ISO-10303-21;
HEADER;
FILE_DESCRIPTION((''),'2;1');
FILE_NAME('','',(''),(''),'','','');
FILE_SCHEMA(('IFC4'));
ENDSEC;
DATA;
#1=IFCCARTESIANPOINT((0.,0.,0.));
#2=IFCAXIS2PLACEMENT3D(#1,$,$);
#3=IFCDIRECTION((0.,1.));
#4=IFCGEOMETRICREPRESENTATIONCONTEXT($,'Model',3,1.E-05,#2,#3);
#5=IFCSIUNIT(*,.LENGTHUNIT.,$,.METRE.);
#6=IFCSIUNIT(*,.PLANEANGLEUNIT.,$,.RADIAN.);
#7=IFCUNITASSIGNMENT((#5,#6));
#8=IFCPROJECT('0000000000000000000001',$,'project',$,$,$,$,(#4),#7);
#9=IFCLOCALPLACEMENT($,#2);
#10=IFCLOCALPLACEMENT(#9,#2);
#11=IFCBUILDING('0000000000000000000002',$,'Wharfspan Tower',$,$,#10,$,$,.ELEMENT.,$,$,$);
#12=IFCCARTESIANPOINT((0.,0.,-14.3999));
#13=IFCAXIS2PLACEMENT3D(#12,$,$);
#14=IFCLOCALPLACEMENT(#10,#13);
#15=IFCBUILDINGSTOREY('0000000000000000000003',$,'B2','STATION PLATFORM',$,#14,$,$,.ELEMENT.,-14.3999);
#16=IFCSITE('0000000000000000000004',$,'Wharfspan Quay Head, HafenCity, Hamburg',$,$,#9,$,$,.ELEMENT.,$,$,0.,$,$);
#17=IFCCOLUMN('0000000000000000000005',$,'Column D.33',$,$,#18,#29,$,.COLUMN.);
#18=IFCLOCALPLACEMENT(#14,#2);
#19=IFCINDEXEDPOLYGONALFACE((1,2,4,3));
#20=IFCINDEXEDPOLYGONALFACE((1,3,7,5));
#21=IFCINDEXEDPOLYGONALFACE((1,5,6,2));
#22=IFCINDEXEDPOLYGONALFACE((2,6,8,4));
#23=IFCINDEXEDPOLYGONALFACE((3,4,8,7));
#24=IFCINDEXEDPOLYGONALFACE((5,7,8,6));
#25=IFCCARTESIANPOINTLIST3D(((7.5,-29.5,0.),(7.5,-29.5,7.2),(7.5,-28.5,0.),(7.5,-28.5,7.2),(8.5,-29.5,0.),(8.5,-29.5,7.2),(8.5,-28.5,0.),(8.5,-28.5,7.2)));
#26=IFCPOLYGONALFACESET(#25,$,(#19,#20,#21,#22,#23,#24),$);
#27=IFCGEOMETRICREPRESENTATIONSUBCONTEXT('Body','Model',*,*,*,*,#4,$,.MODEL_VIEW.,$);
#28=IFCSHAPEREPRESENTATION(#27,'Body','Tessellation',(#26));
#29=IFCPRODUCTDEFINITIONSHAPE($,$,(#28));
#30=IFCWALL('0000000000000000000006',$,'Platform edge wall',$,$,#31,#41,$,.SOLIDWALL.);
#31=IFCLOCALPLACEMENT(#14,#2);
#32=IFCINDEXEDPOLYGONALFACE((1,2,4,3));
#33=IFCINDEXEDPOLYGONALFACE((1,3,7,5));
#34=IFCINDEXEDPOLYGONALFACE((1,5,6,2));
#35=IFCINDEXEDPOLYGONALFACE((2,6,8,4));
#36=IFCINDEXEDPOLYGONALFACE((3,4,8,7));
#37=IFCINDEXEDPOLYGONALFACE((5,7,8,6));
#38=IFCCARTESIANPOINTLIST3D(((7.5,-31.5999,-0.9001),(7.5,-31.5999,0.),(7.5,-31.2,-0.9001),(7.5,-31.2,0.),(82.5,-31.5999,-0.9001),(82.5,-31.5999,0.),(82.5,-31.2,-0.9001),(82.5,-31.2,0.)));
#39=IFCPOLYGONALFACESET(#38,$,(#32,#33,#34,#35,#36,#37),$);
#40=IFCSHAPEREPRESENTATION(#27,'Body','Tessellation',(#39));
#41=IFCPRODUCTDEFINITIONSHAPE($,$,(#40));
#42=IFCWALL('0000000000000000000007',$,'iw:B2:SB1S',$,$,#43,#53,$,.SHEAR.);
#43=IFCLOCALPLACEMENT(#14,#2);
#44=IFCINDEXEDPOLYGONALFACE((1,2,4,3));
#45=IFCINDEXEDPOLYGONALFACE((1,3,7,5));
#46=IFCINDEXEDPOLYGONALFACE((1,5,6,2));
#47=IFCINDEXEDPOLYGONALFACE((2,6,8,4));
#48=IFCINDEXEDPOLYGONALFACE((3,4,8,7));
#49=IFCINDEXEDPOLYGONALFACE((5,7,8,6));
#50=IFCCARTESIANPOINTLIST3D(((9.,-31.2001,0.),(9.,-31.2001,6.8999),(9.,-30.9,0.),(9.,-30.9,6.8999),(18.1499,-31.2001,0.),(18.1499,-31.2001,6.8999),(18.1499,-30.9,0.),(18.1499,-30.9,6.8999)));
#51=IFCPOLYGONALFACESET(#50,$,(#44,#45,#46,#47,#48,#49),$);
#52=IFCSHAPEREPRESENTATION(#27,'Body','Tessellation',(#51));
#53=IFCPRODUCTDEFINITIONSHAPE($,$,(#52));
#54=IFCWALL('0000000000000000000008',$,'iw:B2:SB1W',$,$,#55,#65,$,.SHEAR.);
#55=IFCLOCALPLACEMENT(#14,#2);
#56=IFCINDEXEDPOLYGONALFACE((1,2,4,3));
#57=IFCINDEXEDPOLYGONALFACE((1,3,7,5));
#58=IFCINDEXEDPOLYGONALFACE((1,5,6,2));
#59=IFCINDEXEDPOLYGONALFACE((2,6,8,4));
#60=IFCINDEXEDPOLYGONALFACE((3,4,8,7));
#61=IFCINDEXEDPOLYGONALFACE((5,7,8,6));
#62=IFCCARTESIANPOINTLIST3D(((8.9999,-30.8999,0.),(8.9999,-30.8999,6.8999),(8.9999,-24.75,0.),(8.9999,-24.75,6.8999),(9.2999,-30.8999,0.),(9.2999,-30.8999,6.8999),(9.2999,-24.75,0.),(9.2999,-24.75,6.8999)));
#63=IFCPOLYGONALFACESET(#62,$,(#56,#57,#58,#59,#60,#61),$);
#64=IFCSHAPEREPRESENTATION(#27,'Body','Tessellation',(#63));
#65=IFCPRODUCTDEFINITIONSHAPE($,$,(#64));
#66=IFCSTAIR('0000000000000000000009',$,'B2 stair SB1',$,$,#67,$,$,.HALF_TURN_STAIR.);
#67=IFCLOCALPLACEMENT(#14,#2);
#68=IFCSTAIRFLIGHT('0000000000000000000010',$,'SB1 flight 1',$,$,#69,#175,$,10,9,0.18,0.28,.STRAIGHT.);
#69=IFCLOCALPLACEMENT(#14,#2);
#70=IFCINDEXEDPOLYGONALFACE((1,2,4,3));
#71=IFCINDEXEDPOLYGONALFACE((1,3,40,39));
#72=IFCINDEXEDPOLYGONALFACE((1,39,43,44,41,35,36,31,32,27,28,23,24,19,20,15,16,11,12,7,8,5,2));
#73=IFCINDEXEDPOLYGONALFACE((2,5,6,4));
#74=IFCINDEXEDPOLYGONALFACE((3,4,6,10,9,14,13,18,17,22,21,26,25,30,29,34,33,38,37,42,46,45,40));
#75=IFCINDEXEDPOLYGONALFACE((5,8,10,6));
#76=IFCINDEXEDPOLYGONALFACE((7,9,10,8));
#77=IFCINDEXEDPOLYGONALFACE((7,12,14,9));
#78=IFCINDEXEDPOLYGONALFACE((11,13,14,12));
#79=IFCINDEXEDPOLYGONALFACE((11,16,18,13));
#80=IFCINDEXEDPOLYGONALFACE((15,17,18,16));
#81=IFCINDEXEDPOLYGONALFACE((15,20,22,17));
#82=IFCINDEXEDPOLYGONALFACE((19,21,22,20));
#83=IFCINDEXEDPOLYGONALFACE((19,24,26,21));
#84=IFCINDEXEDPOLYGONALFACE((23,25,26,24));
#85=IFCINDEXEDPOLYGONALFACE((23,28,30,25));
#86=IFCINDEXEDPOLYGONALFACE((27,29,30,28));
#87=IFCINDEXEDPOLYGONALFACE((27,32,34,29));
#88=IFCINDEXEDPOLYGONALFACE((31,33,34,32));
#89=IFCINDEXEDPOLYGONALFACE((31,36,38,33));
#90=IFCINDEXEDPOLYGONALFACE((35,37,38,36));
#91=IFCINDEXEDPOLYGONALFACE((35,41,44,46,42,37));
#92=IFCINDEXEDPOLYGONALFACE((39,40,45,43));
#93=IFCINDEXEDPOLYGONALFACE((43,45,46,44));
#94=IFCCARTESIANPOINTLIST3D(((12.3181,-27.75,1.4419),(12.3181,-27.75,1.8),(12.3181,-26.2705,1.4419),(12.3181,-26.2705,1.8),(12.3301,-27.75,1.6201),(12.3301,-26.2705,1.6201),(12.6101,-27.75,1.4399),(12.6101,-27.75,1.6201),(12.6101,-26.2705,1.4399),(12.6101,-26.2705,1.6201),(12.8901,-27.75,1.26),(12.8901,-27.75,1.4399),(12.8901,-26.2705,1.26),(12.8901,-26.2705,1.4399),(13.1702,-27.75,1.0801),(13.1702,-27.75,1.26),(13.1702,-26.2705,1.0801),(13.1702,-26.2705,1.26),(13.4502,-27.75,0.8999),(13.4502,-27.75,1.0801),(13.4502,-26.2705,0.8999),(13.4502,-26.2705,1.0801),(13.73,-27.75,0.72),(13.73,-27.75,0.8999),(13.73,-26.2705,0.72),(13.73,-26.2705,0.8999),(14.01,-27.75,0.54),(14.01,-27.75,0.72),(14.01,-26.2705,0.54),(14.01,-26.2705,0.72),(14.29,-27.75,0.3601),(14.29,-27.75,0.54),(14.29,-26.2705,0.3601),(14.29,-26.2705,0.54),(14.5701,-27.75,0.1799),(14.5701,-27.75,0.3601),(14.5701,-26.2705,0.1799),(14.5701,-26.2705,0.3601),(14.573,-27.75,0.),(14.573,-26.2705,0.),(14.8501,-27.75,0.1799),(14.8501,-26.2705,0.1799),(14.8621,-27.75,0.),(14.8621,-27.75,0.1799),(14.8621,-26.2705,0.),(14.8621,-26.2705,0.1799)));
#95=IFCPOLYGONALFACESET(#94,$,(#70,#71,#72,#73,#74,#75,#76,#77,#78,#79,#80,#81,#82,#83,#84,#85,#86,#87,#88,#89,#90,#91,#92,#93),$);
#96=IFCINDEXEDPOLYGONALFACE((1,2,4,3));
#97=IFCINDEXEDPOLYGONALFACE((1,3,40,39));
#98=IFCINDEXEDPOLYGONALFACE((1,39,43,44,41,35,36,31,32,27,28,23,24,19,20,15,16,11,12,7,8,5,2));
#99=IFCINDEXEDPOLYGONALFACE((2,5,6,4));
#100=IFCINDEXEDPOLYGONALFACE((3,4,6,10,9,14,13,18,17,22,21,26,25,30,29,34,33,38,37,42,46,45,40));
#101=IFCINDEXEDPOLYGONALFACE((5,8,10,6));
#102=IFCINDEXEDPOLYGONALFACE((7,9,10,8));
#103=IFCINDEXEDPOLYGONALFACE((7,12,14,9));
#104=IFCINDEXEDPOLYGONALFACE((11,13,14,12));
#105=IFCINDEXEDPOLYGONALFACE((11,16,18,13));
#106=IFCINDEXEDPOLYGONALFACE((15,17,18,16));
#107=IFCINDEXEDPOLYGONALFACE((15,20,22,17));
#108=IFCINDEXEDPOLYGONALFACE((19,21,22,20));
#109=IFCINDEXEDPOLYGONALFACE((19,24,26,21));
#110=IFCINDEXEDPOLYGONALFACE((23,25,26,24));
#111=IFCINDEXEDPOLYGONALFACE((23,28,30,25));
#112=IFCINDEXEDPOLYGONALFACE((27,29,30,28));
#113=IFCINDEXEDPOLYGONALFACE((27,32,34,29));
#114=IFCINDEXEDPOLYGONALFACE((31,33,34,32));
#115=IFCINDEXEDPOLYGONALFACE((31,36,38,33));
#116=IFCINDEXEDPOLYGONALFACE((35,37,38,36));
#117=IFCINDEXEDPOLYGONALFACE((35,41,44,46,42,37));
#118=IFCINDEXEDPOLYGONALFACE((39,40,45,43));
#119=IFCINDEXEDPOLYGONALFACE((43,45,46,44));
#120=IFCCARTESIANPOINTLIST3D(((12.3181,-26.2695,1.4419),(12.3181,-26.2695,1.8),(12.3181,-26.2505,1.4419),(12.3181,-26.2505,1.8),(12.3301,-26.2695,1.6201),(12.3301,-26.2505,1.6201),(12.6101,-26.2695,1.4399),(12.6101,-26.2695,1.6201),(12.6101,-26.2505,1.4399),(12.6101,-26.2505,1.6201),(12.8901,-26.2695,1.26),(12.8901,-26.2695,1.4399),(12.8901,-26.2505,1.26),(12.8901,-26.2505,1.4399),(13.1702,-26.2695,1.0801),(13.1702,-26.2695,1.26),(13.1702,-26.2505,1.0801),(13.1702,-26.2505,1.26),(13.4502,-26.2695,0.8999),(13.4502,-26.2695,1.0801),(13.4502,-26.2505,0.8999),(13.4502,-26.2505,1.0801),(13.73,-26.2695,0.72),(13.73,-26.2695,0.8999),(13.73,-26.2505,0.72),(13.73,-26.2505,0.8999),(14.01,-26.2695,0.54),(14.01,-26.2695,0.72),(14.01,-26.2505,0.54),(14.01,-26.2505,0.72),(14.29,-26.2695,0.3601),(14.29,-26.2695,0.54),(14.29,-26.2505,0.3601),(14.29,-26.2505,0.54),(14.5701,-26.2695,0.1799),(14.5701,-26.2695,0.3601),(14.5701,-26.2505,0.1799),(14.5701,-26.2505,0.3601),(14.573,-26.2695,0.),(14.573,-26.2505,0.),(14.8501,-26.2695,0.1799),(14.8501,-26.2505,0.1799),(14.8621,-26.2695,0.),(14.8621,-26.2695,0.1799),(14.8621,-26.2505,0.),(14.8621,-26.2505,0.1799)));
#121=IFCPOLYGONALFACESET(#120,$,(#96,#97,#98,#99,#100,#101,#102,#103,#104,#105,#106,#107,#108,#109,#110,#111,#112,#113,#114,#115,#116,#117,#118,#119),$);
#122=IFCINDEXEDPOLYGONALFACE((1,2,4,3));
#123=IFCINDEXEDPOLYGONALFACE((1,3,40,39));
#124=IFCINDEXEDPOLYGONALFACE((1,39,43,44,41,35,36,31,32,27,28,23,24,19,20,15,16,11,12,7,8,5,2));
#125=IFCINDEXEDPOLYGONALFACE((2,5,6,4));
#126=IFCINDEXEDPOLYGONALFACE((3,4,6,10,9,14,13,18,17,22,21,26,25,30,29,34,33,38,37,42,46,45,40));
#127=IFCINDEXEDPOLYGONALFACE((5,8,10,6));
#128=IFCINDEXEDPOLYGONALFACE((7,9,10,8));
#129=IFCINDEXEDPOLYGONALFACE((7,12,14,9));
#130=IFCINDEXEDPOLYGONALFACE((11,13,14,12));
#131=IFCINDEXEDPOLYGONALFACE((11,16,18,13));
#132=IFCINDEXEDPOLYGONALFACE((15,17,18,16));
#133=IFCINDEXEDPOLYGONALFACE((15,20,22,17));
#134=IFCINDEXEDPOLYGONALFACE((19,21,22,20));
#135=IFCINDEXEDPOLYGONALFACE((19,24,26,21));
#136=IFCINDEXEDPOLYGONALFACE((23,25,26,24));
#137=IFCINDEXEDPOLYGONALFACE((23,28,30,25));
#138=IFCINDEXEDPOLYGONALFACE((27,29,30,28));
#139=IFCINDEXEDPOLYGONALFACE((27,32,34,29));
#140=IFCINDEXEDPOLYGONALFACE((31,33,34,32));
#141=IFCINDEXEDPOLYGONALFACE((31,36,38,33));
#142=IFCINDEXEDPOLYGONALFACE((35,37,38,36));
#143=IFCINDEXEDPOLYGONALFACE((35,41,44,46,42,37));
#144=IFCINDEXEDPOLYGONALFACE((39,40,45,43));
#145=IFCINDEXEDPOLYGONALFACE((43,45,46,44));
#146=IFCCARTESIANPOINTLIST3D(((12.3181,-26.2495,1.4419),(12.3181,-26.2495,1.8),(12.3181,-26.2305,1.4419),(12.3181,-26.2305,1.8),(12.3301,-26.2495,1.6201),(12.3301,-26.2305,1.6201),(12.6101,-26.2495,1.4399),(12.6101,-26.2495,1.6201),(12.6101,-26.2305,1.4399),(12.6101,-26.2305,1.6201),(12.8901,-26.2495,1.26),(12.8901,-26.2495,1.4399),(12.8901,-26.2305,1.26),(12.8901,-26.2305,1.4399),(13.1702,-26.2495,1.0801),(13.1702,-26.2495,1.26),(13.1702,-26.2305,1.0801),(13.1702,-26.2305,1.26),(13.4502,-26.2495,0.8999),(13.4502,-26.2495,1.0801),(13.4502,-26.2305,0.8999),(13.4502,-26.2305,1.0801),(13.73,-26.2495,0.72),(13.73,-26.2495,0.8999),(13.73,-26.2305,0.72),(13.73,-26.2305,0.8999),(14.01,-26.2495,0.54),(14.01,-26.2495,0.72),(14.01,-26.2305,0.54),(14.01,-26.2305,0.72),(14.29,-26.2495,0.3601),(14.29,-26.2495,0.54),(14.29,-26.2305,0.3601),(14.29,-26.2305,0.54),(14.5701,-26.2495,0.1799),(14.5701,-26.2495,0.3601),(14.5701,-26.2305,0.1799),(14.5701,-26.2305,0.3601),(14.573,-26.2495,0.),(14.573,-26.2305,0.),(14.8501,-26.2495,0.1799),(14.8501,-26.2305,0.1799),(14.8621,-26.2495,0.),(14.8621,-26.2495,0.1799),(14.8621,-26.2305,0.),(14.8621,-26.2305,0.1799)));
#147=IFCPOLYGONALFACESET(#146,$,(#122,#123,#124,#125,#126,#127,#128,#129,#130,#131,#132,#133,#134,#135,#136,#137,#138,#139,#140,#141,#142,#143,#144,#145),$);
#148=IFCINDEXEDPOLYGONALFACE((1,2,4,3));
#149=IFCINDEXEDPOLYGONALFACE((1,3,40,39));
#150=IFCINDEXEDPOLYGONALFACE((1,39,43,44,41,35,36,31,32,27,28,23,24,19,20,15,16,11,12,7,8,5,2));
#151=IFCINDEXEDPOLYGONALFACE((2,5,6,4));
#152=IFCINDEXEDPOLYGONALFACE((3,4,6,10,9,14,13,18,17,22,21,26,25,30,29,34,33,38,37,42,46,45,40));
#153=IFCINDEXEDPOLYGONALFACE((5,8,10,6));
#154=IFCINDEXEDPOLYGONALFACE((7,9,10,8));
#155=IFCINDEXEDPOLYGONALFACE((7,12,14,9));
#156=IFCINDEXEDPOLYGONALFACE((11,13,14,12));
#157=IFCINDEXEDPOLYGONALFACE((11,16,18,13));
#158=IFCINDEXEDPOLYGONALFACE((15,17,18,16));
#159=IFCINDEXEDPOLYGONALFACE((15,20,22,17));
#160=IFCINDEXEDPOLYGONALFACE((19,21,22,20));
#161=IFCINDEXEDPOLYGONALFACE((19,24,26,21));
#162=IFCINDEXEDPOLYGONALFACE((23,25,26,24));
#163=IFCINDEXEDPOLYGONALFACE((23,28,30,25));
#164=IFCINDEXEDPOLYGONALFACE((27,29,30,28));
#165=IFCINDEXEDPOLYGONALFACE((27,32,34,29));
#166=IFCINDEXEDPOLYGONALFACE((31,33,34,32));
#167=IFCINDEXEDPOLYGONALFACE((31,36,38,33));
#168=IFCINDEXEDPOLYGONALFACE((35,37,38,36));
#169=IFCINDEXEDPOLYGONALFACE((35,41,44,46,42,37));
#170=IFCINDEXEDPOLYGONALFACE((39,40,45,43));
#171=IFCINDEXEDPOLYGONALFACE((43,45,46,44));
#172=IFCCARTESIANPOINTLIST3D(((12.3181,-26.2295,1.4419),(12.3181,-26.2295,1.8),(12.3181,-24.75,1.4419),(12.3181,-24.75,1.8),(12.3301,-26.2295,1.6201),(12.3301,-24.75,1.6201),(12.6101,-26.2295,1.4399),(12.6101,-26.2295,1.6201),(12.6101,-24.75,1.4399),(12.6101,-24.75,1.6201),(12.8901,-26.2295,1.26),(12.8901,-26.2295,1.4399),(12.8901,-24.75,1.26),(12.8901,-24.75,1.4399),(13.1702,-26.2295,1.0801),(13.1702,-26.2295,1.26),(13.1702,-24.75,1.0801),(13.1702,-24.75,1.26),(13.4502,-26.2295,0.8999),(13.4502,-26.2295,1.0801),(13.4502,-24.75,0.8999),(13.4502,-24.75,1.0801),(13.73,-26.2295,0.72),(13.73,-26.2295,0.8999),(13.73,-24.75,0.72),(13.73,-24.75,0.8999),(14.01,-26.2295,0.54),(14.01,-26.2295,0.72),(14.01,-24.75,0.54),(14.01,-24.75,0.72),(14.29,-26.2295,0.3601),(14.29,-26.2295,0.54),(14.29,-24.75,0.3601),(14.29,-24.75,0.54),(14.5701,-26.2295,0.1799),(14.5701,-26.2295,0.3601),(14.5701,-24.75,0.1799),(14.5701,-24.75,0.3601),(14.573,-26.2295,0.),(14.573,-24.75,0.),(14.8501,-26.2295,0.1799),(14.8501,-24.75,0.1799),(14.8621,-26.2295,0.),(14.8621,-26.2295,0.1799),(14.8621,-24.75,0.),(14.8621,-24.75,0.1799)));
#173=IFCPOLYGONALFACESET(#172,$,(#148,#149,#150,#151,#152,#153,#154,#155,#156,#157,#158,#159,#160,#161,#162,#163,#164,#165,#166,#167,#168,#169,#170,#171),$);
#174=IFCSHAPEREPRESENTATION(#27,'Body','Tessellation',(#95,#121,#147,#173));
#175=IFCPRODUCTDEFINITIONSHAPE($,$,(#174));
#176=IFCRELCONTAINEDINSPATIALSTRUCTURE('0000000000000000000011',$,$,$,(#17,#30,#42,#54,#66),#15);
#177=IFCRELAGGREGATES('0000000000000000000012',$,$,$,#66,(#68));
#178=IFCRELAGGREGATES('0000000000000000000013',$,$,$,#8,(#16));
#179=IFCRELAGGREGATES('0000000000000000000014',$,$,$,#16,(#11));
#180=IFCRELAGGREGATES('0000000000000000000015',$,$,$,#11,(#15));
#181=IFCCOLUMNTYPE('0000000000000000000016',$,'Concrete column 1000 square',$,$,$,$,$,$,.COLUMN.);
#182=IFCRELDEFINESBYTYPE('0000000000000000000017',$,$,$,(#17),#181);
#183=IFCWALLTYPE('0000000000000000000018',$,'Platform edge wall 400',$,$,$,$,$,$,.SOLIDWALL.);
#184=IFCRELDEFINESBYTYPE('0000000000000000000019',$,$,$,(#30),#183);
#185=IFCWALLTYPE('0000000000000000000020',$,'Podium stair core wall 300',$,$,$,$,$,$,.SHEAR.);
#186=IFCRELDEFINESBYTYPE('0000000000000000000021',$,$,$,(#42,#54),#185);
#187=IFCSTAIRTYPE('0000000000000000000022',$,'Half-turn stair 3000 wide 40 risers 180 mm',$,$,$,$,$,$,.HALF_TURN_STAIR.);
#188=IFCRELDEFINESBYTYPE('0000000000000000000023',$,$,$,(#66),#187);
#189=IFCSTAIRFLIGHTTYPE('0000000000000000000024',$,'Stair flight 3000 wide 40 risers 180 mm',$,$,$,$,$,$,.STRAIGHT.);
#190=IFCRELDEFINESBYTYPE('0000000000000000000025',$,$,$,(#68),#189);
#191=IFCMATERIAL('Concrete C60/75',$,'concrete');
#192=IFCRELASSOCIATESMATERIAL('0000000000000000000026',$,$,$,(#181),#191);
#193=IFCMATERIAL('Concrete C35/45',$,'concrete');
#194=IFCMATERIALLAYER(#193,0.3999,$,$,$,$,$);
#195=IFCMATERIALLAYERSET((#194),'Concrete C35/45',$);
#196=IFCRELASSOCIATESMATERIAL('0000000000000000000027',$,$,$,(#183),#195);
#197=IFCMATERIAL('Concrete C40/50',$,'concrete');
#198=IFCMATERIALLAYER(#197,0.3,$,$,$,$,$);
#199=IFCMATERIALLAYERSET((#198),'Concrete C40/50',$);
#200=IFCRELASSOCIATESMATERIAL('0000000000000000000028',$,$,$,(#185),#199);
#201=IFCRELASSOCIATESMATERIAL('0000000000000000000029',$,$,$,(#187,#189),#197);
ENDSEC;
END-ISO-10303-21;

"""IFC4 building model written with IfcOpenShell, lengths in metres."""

from ifc_helpers import new_model, si_unit, direction, frame, frame_2d, origin, origin_2d, place, context, subcontext, project, spatial, polyline, rectangle, outline, extrude, material, layer, layer_set, material_profile, profile_set, type_object, element, aggregate, save


model = new_model("IFC4")

# Units and contexts
model_context = context("Model", 3, precision=1e-05, world=origin(), true_north=direction((0.0, 1.0)))
body_context = subcontext(model_context, "Body", "Model", "MODEL_VIEW")
ifc_project = project(units=[si_unit("LENGTHUNIT", "METRE"), si_unit("PLANEANGLEUNIT", "RADIAN")], contexts=[model_context])

# Site, building, storey
site_placement = place(None, origin())
site = spatial("IfcSite", under=ifc_project, at=site_placement, Name="Wharfspan Quay Head, HafenCity, Hamburg", CompositionType="ELEMENT", RefElevation=0.0)
building_placement = place(site_placement, origin())
building = spatial("IfcBuilding", under=site, at=building_placement, Name="Wharfspan Tower", CompositionType="ELEMENT")
storey_placement = place(building_placement, frame((0.0, 0.0, -14.3999)))
storey = spatial("IfcBuildingStorey", under=building, at=storey_placement, Name="B2", Description="STATION PLATFORM", CompositionType="ELEMENT", Elevation=-14.3999)

# Column
ifc_material_1 = material(Name="Concrete C60/75", Category="concrete")
ifc_material_profile = material_profile(ifc_material_1, rectangle(XDim=1.0, YDim=1.0, at=origin_2d()))
ifc_profile_set = profile_set([ifc_material_profile], Name="Concrete C60/75")
column_type = type_object("IfcColumnType", Name="Concrete column 1000 square", PredefinedType="COLUMN", material=ifc_profile_set)
column_placement = place(storey_placement, frame((8.0, -29.0, 0.0), z_axis=(0.0, 0.0, 1.0), x_axis=(1.0, 0.0, 0.0)))
element("IfcColumn", 1, at=column_placement, inside=storey, type_object=column_type, Name="Column D.33", PredefinedType="COLUMN", context=body_context, shape_type="SweptSolid", body=[
    extrude(rectangle(XDim=1.0, YDim=1.0, at=origin_2d()), origin(), (0.0, 0.0, 1.0), 7.2),
])

# Walls
ifc_material_2 = material(Name="Concrete C35/45", Category="concrete")
ifc_layer_1 = layer(ifc_material_2, 0.3999)
ifc_layer_set_1 = layer_set([ifc_layer_1], Name="Concrete C35/45")
wall_type_1 = type_object("IfcWallType", Name="Platform edge wall 400", PredefinedType="SOLIDWALL", material=ifc_layer_set_1)
wall_1_placement = place(storey_placement, frame((7.5, -31.3999, -0.9001), z_axis=(0.0, 0.0, 1.0), x_axis=(1.0, 0.0, 0.0)))
element("IfcWall", 2, at=wall_1_placement, inside=storey, type_object=wall_type_1, Name="Platform edge wall", PredefinedType="SOLIDWALL", context=body_context, shape_type="SweptSolid", body=[
    extrude(rectangle(XDim=75.0, YDim=0.3999, at=frame_2d((37.5, 0.0))), origin(), (0.0, 0.0, 1.0), 0.9001),
])
ifc_material_3 = material(Name="Concrete C40/50", Category="concrete")
ifc_layer_2 = layer(ifc_material_3, 0.3)
ifc_layer_set_2 = layer_set([ifc_layer_2], Name="Concrete C40/50")
wall_type_2 = type_object("IfcWallType", Name="Podium stair core wall 300", PredefinedType="SHEAR", material=ifc_layer_set_2)
wall_2_placement = place(storey_placement, frame((9.0, -31.05, 0.0), z_axis=(0.0, 0.0, 1.0), x_axis=(1.0, 0.0, 0.0)))
element("IfcWall", 3, at=wall_2_placement, inside=storey, type_object=wall_type_2, Name="iw:B2:SB1S", PredefinedType="SHEAR", context=body_context, shape_type="SweptSolid", body=[
    extrude(rectangle(XDim=9.1499, YDim=0.3, at=frame_2d((4.575, 0.0))), origin(), (0.0, 0.0, 1.0), 6.8999),
])
wall_3_placement = place(storey_placement, frame((9.1499, -30.8999, 0.0), z_axis=(0.0, 0.0, 1.0), x_axis=(0.0, 1.0, 0.0)))
element("IfcWall", 4, at=wall_3_placement, inside=storey, type_object=wall_type_2, Name="iw:B2:SB1W", PredefinedType="SHEAR", context=body_context, shape_type="SweptSolid", body=[
    extrude(rectangle(XDim=6.1499, YDim=0.3, at=frame_2d((3.075, 0.0))), origin(), (0.0, 0.0, 1.0), 6.8999),
])

# Stair, stair flight
stair_type = type_object("IfcStairType", Name="Half-turn stair 3000 wide 40 risers 180 mm", PredefinedType="HALF_TURN_STAIR", material=ifc_material_3)
stair_placement = place(storey_placement, origin())
stair = element("IfcStair", 5, at=stair_placement, inside=storey, type_object=stair_type, Name="B2 stair SB1", PredefinedType="HALF_TURN_STAIR")
stair_flight_type = type_object("IfcStairFlightType", Name="Stair flight 3000 wide 40 risers 180 mm", PredefinedType="STRAIGHT", material=ifc_material_3)
stair_flight_1_placement = place(storey_placement, frame((14.8501, -26.25, 0.0), z_axis=(0.0, 0.0, 1.0), x_axis=(-1.0, 0.0, 0.0)))
stair_flight_1 = element("IfcStairFlight", 6, at=stair_flight_1_placement, type_object=stair_flight_type, Name="SB1 flight 1", NumberOfRisers=10, NumberOfTreads=9, PredefinedType="STRAIGHT", RiserHeight=0.18, TreadLength=0.28, context=body_context, shape_type="SweptSolid", body=[
    extrude(outline(polyline([(-0.012, 0.0), (-0.012, 0.1799), (0.0, 0.1799), (0.28, 0.1799), (0.28, 0.3601), (0.5601, 0.3601), (0.5601, 0.54), (0.8401, 0.54), (0.8401, 0.72), (1.1201, 0.72), (1.1201, 0.8999), (1.3999, 0.8999), (1.3999, 1.0801), (1.6799, 1.0801), (1.6799, 1.26), (1.96, 1.26), (1.96, 1.4399), (2.24, 1.4399), (2.24, 1.6201), (2.52, 1.6201), (2.532, 1.8), (2.532, 1.4419), (0.2771, 0.0), (-0.012, 0.0)])), frame((0.0, 1.5, 0.0), z_axis=(0.0, -1.0, 0.0), x_axis=(1.0, 0.0, 0.0)), (0.0, 0.0, 1.0), 1.4795),
    extrude(outline(polyline([(-0.012, 0.0), (-0.012, 0.1799), (0.0, 0.1799), (0.28, 0.1799), (0.28, 0.3601), (0.5601, 0.3601), (0.5601, 0.54), (0.8401, 0.54), (0.8401, 0.72), (1.1201, 0.72), (1.1201, 0.8999), (1.3999, 0.8999), (1.3999, 1.0801), (1.6799, 1.0801), (1.6799, 1.26), (1.96, 1.26), (1.96, 1.4399), (2.24, 1.4399), (2.24, 1.6201), (2.52, 1.6201), (2.532, 1.8), (2.532, 1.4419), (0.2771, 0.0), (-0.012, 0.0)])), frame((0.0, 0.0195, 0.0), z_axis=(0.0, -1.0, 0.0), x_axis=(1.0, 0.0, 0.0)), (0.0, 0.0, 1.0), 0.019),
    extrude(outline(polyline([(-0.012, 0.0), (-0.012, 0.1799), (0.0, 0.1799), (0.28, 0.1799), (0.28, 0.3601), (0.5601, 0.3601), (0.5601, 0.54), (0.8401, 0.54), (0.8401, 0.72), (1.1201, 0.72), (1.1201, 0.8999), (1.3999, 0.8999), (1.3999, 1.0801), (1.6799, 1.0801), (1.6799, 1.26), (1.96, 1.26), (1.96, 1.4399), (2.24, 1.4399), (2.24, 1.6201), (2.52, 1.6201), (2.532, 1.8), (2.532, 1.4419), (0.2771, 0.0), (-0.012, 0.0)])), frame((0.0, -0.0005, 0.0), z_axis=(0.0, -1.0, 0.0), x_axis=(1.0, 0.0, 0.0)), (0.0, 0.0, 1.0), 0.019),
    extrude(outline(polyline([(-0.012, 0.0), (-0.012, 0.1799), (0.0, 0.1799), (0.28, 0.1799), (0.28, 0.3601), (0.5601, 0.3601), (0.5601, 0.54), (0.8401, 0.54), (0.8401, 0.72), (1.1201, 0.72), (1.1201, 0.8999), (1.3999, 0.8999), (1.3999, 1.0801), (1.6799, 1.0801), (1.6799, 1.26), (1.96, 1.26), (1.96, 1.4399), (2.24, 1.4399), (2.24, 1.6201), (2.52, 1.6201), (2.532, 1.8), (2.532, 1.4419), (0.2771, 0.0), (-0.012, 0.0)])), frame((0.0, -0.0205, 0.0), z_axis=(0.0, -1.0, 0.0), x_axis=(1.0, 0.0, 0.0)), (0.0, 0.0, 1.0), 1.4795),
])
aggregate(stair, [stair_flight_1])

save(model, "model.ifc")
